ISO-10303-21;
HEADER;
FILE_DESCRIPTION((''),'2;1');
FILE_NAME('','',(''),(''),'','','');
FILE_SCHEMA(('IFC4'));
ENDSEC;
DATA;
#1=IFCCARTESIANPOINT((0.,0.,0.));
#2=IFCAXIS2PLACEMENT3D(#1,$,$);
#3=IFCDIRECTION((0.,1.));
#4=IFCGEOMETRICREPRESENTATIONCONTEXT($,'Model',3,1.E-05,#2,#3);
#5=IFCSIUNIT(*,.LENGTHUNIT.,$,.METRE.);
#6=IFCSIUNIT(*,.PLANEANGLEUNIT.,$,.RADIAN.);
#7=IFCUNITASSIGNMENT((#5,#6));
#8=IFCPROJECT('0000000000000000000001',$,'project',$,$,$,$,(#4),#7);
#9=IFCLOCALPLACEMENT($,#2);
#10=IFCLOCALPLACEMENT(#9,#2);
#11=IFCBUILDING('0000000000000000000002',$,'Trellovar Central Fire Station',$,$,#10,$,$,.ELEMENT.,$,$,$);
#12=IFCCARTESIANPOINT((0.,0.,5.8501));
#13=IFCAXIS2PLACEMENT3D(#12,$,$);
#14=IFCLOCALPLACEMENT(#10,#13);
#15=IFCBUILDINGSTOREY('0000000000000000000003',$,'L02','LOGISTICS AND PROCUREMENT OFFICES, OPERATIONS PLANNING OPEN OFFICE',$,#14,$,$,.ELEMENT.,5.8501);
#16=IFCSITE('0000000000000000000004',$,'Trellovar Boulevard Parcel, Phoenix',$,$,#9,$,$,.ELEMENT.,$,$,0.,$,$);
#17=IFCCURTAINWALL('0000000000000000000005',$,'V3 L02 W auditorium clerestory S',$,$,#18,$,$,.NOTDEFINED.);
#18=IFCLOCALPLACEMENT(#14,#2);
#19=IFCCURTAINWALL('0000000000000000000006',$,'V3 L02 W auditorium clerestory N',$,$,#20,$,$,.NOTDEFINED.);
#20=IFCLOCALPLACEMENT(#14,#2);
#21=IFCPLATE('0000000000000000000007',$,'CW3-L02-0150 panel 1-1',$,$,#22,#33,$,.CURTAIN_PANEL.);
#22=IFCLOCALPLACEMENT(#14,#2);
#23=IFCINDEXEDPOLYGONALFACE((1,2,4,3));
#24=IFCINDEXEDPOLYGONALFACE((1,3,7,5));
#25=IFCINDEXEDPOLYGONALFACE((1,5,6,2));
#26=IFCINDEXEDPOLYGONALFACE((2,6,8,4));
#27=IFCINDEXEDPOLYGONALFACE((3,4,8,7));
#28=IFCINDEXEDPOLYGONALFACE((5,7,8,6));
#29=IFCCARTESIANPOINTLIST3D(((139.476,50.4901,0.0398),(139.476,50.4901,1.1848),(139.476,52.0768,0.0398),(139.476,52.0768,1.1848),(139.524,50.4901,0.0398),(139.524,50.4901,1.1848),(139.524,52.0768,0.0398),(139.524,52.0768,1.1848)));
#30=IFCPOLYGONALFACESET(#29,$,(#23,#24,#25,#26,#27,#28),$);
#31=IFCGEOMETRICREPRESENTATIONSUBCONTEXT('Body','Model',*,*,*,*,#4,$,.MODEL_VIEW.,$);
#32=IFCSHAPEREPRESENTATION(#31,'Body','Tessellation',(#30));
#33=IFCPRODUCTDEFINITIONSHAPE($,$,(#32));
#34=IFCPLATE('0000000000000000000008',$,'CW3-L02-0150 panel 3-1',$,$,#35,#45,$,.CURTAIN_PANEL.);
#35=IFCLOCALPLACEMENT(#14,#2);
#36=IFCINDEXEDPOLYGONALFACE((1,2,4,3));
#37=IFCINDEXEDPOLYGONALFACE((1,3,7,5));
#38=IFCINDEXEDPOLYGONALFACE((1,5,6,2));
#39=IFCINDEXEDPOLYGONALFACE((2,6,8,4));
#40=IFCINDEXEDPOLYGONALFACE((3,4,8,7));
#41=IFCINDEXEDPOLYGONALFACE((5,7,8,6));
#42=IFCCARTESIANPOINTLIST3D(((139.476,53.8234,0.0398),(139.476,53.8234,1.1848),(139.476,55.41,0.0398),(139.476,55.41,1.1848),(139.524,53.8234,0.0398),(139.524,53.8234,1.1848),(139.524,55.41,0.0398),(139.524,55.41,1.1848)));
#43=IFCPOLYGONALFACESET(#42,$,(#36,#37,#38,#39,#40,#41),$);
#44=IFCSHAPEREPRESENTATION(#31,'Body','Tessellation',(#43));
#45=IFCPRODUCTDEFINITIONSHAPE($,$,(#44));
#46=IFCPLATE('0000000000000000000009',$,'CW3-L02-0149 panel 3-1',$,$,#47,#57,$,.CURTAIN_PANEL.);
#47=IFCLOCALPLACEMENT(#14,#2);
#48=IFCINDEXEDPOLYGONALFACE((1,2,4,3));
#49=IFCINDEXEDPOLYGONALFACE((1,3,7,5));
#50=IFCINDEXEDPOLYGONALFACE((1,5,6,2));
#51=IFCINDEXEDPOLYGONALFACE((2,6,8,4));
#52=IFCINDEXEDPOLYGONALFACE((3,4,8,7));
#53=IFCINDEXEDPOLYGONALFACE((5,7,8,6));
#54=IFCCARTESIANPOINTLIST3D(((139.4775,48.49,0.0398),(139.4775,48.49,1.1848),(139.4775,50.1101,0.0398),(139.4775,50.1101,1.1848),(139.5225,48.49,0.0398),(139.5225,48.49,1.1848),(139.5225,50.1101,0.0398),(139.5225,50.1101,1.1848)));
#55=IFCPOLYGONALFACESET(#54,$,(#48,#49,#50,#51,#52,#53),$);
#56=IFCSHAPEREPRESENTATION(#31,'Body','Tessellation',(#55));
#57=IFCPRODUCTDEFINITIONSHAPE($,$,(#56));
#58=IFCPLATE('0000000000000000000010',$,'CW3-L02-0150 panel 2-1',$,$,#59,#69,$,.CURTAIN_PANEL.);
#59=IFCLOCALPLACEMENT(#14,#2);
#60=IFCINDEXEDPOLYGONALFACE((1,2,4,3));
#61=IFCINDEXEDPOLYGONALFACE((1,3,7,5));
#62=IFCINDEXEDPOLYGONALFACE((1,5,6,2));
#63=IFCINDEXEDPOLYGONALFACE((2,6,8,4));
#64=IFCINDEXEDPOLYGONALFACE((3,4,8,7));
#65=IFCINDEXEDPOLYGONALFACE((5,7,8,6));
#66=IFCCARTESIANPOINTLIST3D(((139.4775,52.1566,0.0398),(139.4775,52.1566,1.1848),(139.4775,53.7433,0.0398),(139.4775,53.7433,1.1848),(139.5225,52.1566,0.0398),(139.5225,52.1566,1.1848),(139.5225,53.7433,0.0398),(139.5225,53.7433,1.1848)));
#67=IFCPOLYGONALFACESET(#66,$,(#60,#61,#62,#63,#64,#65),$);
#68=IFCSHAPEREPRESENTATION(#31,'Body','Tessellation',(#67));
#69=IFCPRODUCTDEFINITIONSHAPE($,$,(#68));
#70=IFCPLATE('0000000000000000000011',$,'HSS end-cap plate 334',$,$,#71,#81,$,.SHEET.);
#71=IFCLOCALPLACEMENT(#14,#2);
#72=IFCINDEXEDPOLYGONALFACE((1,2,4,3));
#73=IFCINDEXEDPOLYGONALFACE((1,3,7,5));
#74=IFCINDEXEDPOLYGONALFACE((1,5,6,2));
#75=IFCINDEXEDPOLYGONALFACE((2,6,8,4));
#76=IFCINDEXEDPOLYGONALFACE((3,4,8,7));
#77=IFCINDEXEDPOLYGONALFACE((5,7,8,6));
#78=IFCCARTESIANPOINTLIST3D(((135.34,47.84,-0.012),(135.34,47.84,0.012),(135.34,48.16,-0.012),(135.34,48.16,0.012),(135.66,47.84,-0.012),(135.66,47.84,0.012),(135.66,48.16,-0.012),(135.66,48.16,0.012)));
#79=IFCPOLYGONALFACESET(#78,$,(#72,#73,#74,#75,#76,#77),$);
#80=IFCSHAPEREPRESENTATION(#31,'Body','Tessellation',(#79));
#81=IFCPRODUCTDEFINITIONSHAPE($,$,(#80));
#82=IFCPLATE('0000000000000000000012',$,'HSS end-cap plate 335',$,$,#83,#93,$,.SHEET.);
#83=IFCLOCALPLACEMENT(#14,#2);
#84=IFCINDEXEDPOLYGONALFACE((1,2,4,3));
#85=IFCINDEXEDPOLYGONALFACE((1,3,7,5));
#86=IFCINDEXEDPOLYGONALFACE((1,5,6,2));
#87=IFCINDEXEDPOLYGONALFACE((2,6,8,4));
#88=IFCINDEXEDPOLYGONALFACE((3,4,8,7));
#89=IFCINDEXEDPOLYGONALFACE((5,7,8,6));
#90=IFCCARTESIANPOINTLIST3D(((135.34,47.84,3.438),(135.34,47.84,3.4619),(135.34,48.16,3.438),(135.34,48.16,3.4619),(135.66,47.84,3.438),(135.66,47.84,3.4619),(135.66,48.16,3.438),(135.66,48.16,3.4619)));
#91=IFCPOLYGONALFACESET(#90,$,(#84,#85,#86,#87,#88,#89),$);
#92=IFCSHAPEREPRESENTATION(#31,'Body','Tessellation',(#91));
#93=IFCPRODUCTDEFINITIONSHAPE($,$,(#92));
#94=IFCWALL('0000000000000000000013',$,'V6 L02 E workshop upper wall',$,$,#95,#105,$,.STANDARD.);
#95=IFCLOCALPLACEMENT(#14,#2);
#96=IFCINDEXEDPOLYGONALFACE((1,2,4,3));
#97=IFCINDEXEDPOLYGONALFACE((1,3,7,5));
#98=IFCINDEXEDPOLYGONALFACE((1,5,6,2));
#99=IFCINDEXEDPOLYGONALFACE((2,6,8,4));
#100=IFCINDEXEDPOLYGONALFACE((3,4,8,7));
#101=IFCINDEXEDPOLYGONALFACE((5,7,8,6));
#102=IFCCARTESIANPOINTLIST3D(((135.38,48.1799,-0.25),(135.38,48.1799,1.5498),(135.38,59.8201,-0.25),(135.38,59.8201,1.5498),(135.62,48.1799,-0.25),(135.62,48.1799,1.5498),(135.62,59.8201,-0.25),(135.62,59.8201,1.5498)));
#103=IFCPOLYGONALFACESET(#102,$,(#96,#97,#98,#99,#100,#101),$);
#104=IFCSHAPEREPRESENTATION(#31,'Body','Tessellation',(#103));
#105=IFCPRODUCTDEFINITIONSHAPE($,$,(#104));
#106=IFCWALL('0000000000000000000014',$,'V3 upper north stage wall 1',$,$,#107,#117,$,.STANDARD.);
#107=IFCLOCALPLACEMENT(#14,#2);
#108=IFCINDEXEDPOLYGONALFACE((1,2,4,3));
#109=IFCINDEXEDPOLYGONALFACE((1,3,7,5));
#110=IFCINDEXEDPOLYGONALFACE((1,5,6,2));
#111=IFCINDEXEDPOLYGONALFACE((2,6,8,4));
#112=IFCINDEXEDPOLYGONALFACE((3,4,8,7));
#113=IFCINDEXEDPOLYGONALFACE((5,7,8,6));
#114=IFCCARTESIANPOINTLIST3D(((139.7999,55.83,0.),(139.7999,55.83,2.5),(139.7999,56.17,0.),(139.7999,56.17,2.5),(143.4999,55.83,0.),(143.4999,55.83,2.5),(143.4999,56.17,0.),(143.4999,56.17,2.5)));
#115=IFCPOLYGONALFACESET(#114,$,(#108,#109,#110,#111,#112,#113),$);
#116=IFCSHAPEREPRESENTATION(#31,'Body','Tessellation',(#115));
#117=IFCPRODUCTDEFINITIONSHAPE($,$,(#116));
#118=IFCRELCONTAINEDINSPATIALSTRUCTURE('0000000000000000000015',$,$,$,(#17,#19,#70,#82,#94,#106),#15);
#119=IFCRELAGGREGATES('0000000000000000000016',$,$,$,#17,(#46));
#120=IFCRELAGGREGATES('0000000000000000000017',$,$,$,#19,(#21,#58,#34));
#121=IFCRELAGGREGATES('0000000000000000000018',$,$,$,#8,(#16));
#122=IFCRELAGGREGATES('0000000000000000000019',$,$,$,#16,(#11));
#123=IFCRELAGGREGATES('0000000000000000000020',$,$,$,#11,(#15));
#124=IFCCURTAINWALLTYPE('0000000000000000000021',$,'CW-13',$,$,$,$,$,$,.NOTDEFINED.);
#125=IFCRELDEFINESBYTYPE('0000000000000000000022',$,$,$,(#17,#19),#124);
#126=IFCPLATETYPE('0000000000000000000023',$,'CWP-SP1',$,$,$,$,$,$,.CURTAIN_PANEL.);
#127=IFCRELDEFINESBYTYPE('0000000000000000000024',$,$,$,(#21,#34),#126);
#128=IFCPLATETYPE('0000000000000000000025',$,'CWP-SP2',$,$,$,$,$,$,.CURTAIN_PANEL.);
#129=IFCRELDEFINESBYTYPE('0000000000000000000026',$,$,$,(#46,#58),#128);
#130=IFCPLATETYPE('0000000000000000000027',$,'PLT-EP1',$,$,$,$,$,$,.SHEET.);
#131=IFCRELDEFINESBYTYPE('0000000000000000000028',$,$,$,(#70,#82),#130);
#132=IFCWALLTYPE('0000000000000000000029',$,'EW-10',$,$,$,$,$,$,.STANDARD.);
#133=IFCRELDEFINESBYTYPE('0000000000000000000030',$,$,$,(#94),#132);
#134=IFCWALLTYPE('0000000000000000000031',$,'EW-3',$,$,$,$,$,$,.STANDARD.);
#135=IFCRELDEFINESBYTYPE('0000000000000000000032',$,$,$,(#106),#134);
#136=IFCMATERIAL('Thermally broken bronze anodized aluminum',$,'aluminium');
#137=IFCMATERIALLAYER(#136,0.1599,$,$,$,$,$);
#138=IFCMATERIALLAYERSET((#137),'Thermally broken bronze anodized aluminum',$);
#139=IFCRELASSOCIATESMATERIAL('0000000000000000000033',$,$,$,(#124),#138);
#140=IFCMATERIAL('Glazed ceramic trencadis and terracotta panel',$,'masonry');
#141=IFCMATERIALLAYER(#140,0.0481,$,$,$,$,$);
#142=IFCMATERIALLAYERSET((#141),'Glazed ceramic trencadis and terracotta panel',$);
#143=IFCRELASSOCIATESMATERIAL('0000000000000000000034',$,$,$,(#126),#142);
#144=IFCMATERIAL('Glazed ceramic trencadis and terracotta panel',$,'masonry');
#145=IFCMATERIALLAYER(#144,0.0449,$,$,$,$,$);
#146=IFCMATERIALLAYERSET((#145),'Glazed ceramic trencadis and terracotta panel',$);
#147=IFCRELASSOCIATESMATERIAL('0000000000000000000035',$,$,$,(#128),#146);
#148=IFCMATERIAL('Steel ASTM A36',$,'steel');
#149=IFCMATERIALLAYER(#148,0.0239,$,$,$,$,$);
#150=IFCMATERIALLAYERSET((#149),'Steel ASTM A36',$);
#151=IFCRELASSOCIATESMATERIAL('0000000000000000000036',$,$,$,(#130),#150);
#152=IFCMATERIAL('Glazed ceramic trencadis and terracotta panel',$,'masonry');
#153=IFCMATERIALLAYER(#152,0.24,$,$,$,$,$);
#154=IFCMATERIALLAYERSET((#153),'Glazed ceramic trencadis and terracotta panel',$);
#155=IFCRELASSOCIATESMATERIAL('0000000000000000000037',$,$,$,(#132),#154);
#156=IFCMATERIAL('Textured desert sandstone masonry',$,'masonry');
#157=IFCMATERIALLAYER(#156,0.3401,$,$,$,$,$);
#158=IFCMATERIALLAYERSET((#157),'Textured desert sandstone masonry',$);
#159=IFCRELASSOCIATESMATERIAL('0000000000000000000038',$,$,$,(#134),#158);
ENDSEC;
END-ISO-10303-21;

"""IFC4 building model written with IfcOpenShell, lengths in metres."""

from ifc_helpers import new_model, si_unit, direction, frame, frame_2d, origin, origin_2d, place, context, subcontext, project, spatial, rectangle, extrude, material, layer, layer_set, type_object, element, aggregate, save


model = new_model("IFC4")

# Units and contexts
model_context = context("Model", 3, precision=1e-05, world=origin(), true_north=direction((0.0, 1.0)))
body_context = subcontext(model_context, "Body", "Model", "MODEL_VIEW")
ifc_project = project(units=[si_unit("LENGTHUNIT", "METRE"), si_unit("PLANEANGLEUNIT", "RADIAN")], contexts=[model_context])

# Site, building, storey
site_placement = place(None, origin())
site = spatial("IfcSite", under=ifc_project, at=site_placement, Name="Trellovar Boulevard Parcel, Phoenix", CompositionType="ELEMENT", RefElevation=0.0)
building_placement = place(site_placement, origin())
building = spatial("IfcBuilding", under=site, at=building_placement, Name="Trellovar Central Fire Station", CompositionType="ELEMENT")
storey_placement = place(building_placement, frame((0.0, 0.0, 5.8501)))
storey = spatial("IfcBuildingStorey", under=building, at=storey_placement, Name="L02", Description="LOGISTICS AND PROCUREMENT OFFICES, OPERATIONS PLANNING OPEN OFFICE", CompositionType="ELEMENT", Elevation=5.8501)

# Curtain walls
ifc_material_1 = material(Name="Thermally broken bronze anodized aluminum", Category="aluminium")
ifc_layer_1 = layer(ifc_material_1, 0.1599)
ifc_layer_set_1 = layer_set([ifc_layer_1], Name="Thermally broken bronze anodized aluminum")
curtain_wall_type_1 = type_object("IfcCurtainWallType", Name="CW-13", PredefinedType="NOTDEFINED", material=ifc_layer_set_1)
curtain_wall_1_placement = place(storey_placement, origin())
curtain_wall_1 = element("IfcCurtainWall", 1, at=curtain_wall_1_placement, inside=storey, type_object=curtain_wall_type_1, Name="V3 L02 W auditorium clerestory S", PredefinedType="NOTDEFINED")
curtain_wall_2_placement = place(storey_placement, origin())
curtain_wall_2 = element("IfcCurtainWall", 2, at=curtain_wall_2_placement, inside=storey, type_object=curtain_wall_type_1, Name="V3 L02 W auditorium clerestory N", PredefinedType="NOTDEFINED")

# Plates
ifc_material_2 = material(Name="Glazed ceramic trencadis and terracotta panel", Category="masonry")
ifc_layer_2 = layer(ifc_material_2, 0.0481)
ifc_layer_set_2 = layer_set([ifc_layer_2], Name="Glazed ceramic trencadis and terracotta panel")
plate_type_1 = type_object("IfcPlateType", Name="CWP-SP1", PredefinedType="CURTAIN_PANEL", material=ifc_layer_set_2)
plate_1_placement = place(storey_placement, frame((139.5, 51.2834, 0.0398), z_axis=(0.0, 0.0, 1.0), x_axis=(0.0, 1.0, 0.0)))
plate_1 = element("IfcPlate", 3, at=plate_1_placement, type_object=plate_type_1, Name="CW3-L02-0150 panel 1-1", PredefinedType="CURTAIN_PANEL", context=body_context, shape_type="SweptSolid", body=[
    extrude(rectangle(XDim=1.5867, YDim=0.0481, at=origin_2d()), origin(), (0.0, 0.0, 1.0), 1.145),
])
plate_2_placement = place(storey_placement, frame((139.5, 54.6167, 0.0398), z_axis=(0.0, 0.0, 1.0), x_axis=(0.0, 1.0, 0.0)))
plate_2 = element("IfcPlate", 4, at=plate_2_placement, type_object=plate_type_1, Name="CW3-L02-0150 panel 3-1", PredefinedType="CURTAIN_PANEL", context=body_context, shape_type="SweptSolid", body=[
    extrude(rectangle(XDim=1.5867, YDim=0.0481, at=origin_2d()), origin(), (0.0, 0.0, 1.0), 1.145),
])
ifc_material_3 = material(Name="Glazed ceramic trencadis and terracotta panel", Category="masonry")
ifc_layer_3 = layer(ifc_material_3, 0.0449)
ifc_layer_set_3 = layer_set([ifc_layer_3], Name="Glazed ceramic trencadis and terracotta panel")
plate_type_2 = type_object("IfcPlateType", Name="CWP-SP2", PredefinedType="CURTAIN_PANEL", material=ifc_layer_set_3)
plate_3_placement = place(storey_placement, frame((139.5, 49.3, 0.0398), z_axis=(0.0, 0.0, 1.0), x_axis=(0.0, 1.0, 0.0)))
plate_3 = element("IfcPlate", 5, at=plate_3_placement, type_object=plate_type_2, Name="CW3-L02-0149 panel 3-1", PredefinedType="CURTAIN_PANEL", context=body_context, shape_type="SweptSolid", body=[
    extrude(rectangle(XDim=1.6201, YDim=0.0449, at=origin_2d()), origin(), (0.0, 0.0, 1.0), 1.145),
])
aggregate(curtain_wall_1, [plate_3])
plate_4_placement = place(storey_placement, frame((139.5, 52.95, 0.0398), z_axis=(0.0, 0.0, 1.0), x_axis=(0.0, 1.0, 0.0)))
plate_4 = element("IfcPlate", 6, at=plate_4_placement, type_object=plate_type_2, Name="CW3-L02-0150 panel 2-1", PredefinedType="CURTAIN_PANEL", context=body_context, shape_type="SweptSolid", body=[
    extrude(rectangle(XDim=1.5867, YDim=0.0449, at=origin_2d()), origin(), (0.0, 0.0, 1.0), 1.145),
])
aggregate(curtain_wall_2, [plate_1, plate_4, plate_2])

# Plates
ifc_material_4 = material(Name="Steel ASTM A36", Category="steel")
ifc_layer_4 = layer(ifc_material_4, 0.0239)
ifc_layer_set_4 = layer_set([ifc_layer_4], Name="Steel ASTM A36")
plate_type_3 = type_object("IfcPlateType", Name="PLT-EP1", PredefinedType="SHEET", material=ifc_layer_set_4)
for number, where, z_axis, x_axis, name in (
    (7, (135.5, 48.0, -0.012), (0.0, 0.0, 1.0), (1.0, 0.0, 0.0), "HSS end-cap plate 334"),
    (8, (135.5, 48.0, 3.438), (0.0, 0.0, 1.0), (1.0, 0.0, 0.0), "HSS end-cap plate 335"),
):
    element("IfcPlate", number, at=place(storey_placement, frame(where, z_axis=z_axis, x_axis=x_axis)), inside=storey, type_object=plate_type_3, Name=name, PredefinedType="SHEET", context=body_context, shape_type="SweptSolid", body=[
        extrude(rectangle(XDim=0.3201, YDim=0.3201, at=origin_2d()), origin(), (0.0, 0.0, 1.0), 0.0239),
    ])

# Walls
ifc_material_5 = material(Name="Glazed ceramic trencadis and terracotta panel", Category="masonry")
ifc_layer_5 = layer(ifc_material_5, 0.24)
ifc_layer_set_5 = layer_set([ifc_layer_5], Name="Glazed ceramic trencadis and terracotta panel")
wall_type_1 = type_object("IfcWallType", Name="EW-10", PredefinedType="STANDARD", material=ifc_layer_set_5)
wall_1_placement = place(storey_placement, frame((135.5, 48.1799, -0.25), z_axis=(0.0, 0.0, 1.0), x_axis=(0.0, 1.0, 0.0)))
element("IfcWall", 9, at=wall_1_placement, inside=storey, type_object=wall_type_1, Name="V6 L02 E workshop upper wall", PredefinedType="STANDARD", context=body_context, shape_type="SweptSolid", body=[
    extrude(rectangle(XDim=11.6401, YDim=0.24, at=frame_2d((5.8201, 0.0))), origin(), (0.0, 0.0, 1.0), 1.7998),
])
ifc_material_6 = material(Name="Textured desert sandstone masonry", Category="masonry")
ifc_layer_6 = layer(ifc_material_6, 0.3401)
ifc_layer_set_6 = layer_set([ifc_layer_6], Name="Textured desert sandstone masonry")
wall_type_2 = type_object("IfcWallType", Name="EW-3", PredefinedType="STANDARD", material=ifc_layer_set_6)
wall_2_placement = place(storey_placement, frame((143.5, 56.0, 0.0), z_axis=(0.0, 0.0, 1.0), x_axis=(-1.0, 0.0, 0.0)))
element("IfcWall", 10, at=wall_2_placement, inside=storey, type_object=wall_type_2, Name="V3 upper north stage wall 1", PredefinedType="STANDARD", context=body_context, shape_type="SweptSolid", body=[
    extrude(rectangle(XDim=3.7, YDim=0.3401, at=frame_2d((1.8501, 0.0))), origin(), (0.0, 0.0, 1.0), 2.5),
])

save(model, "model.ifc")
